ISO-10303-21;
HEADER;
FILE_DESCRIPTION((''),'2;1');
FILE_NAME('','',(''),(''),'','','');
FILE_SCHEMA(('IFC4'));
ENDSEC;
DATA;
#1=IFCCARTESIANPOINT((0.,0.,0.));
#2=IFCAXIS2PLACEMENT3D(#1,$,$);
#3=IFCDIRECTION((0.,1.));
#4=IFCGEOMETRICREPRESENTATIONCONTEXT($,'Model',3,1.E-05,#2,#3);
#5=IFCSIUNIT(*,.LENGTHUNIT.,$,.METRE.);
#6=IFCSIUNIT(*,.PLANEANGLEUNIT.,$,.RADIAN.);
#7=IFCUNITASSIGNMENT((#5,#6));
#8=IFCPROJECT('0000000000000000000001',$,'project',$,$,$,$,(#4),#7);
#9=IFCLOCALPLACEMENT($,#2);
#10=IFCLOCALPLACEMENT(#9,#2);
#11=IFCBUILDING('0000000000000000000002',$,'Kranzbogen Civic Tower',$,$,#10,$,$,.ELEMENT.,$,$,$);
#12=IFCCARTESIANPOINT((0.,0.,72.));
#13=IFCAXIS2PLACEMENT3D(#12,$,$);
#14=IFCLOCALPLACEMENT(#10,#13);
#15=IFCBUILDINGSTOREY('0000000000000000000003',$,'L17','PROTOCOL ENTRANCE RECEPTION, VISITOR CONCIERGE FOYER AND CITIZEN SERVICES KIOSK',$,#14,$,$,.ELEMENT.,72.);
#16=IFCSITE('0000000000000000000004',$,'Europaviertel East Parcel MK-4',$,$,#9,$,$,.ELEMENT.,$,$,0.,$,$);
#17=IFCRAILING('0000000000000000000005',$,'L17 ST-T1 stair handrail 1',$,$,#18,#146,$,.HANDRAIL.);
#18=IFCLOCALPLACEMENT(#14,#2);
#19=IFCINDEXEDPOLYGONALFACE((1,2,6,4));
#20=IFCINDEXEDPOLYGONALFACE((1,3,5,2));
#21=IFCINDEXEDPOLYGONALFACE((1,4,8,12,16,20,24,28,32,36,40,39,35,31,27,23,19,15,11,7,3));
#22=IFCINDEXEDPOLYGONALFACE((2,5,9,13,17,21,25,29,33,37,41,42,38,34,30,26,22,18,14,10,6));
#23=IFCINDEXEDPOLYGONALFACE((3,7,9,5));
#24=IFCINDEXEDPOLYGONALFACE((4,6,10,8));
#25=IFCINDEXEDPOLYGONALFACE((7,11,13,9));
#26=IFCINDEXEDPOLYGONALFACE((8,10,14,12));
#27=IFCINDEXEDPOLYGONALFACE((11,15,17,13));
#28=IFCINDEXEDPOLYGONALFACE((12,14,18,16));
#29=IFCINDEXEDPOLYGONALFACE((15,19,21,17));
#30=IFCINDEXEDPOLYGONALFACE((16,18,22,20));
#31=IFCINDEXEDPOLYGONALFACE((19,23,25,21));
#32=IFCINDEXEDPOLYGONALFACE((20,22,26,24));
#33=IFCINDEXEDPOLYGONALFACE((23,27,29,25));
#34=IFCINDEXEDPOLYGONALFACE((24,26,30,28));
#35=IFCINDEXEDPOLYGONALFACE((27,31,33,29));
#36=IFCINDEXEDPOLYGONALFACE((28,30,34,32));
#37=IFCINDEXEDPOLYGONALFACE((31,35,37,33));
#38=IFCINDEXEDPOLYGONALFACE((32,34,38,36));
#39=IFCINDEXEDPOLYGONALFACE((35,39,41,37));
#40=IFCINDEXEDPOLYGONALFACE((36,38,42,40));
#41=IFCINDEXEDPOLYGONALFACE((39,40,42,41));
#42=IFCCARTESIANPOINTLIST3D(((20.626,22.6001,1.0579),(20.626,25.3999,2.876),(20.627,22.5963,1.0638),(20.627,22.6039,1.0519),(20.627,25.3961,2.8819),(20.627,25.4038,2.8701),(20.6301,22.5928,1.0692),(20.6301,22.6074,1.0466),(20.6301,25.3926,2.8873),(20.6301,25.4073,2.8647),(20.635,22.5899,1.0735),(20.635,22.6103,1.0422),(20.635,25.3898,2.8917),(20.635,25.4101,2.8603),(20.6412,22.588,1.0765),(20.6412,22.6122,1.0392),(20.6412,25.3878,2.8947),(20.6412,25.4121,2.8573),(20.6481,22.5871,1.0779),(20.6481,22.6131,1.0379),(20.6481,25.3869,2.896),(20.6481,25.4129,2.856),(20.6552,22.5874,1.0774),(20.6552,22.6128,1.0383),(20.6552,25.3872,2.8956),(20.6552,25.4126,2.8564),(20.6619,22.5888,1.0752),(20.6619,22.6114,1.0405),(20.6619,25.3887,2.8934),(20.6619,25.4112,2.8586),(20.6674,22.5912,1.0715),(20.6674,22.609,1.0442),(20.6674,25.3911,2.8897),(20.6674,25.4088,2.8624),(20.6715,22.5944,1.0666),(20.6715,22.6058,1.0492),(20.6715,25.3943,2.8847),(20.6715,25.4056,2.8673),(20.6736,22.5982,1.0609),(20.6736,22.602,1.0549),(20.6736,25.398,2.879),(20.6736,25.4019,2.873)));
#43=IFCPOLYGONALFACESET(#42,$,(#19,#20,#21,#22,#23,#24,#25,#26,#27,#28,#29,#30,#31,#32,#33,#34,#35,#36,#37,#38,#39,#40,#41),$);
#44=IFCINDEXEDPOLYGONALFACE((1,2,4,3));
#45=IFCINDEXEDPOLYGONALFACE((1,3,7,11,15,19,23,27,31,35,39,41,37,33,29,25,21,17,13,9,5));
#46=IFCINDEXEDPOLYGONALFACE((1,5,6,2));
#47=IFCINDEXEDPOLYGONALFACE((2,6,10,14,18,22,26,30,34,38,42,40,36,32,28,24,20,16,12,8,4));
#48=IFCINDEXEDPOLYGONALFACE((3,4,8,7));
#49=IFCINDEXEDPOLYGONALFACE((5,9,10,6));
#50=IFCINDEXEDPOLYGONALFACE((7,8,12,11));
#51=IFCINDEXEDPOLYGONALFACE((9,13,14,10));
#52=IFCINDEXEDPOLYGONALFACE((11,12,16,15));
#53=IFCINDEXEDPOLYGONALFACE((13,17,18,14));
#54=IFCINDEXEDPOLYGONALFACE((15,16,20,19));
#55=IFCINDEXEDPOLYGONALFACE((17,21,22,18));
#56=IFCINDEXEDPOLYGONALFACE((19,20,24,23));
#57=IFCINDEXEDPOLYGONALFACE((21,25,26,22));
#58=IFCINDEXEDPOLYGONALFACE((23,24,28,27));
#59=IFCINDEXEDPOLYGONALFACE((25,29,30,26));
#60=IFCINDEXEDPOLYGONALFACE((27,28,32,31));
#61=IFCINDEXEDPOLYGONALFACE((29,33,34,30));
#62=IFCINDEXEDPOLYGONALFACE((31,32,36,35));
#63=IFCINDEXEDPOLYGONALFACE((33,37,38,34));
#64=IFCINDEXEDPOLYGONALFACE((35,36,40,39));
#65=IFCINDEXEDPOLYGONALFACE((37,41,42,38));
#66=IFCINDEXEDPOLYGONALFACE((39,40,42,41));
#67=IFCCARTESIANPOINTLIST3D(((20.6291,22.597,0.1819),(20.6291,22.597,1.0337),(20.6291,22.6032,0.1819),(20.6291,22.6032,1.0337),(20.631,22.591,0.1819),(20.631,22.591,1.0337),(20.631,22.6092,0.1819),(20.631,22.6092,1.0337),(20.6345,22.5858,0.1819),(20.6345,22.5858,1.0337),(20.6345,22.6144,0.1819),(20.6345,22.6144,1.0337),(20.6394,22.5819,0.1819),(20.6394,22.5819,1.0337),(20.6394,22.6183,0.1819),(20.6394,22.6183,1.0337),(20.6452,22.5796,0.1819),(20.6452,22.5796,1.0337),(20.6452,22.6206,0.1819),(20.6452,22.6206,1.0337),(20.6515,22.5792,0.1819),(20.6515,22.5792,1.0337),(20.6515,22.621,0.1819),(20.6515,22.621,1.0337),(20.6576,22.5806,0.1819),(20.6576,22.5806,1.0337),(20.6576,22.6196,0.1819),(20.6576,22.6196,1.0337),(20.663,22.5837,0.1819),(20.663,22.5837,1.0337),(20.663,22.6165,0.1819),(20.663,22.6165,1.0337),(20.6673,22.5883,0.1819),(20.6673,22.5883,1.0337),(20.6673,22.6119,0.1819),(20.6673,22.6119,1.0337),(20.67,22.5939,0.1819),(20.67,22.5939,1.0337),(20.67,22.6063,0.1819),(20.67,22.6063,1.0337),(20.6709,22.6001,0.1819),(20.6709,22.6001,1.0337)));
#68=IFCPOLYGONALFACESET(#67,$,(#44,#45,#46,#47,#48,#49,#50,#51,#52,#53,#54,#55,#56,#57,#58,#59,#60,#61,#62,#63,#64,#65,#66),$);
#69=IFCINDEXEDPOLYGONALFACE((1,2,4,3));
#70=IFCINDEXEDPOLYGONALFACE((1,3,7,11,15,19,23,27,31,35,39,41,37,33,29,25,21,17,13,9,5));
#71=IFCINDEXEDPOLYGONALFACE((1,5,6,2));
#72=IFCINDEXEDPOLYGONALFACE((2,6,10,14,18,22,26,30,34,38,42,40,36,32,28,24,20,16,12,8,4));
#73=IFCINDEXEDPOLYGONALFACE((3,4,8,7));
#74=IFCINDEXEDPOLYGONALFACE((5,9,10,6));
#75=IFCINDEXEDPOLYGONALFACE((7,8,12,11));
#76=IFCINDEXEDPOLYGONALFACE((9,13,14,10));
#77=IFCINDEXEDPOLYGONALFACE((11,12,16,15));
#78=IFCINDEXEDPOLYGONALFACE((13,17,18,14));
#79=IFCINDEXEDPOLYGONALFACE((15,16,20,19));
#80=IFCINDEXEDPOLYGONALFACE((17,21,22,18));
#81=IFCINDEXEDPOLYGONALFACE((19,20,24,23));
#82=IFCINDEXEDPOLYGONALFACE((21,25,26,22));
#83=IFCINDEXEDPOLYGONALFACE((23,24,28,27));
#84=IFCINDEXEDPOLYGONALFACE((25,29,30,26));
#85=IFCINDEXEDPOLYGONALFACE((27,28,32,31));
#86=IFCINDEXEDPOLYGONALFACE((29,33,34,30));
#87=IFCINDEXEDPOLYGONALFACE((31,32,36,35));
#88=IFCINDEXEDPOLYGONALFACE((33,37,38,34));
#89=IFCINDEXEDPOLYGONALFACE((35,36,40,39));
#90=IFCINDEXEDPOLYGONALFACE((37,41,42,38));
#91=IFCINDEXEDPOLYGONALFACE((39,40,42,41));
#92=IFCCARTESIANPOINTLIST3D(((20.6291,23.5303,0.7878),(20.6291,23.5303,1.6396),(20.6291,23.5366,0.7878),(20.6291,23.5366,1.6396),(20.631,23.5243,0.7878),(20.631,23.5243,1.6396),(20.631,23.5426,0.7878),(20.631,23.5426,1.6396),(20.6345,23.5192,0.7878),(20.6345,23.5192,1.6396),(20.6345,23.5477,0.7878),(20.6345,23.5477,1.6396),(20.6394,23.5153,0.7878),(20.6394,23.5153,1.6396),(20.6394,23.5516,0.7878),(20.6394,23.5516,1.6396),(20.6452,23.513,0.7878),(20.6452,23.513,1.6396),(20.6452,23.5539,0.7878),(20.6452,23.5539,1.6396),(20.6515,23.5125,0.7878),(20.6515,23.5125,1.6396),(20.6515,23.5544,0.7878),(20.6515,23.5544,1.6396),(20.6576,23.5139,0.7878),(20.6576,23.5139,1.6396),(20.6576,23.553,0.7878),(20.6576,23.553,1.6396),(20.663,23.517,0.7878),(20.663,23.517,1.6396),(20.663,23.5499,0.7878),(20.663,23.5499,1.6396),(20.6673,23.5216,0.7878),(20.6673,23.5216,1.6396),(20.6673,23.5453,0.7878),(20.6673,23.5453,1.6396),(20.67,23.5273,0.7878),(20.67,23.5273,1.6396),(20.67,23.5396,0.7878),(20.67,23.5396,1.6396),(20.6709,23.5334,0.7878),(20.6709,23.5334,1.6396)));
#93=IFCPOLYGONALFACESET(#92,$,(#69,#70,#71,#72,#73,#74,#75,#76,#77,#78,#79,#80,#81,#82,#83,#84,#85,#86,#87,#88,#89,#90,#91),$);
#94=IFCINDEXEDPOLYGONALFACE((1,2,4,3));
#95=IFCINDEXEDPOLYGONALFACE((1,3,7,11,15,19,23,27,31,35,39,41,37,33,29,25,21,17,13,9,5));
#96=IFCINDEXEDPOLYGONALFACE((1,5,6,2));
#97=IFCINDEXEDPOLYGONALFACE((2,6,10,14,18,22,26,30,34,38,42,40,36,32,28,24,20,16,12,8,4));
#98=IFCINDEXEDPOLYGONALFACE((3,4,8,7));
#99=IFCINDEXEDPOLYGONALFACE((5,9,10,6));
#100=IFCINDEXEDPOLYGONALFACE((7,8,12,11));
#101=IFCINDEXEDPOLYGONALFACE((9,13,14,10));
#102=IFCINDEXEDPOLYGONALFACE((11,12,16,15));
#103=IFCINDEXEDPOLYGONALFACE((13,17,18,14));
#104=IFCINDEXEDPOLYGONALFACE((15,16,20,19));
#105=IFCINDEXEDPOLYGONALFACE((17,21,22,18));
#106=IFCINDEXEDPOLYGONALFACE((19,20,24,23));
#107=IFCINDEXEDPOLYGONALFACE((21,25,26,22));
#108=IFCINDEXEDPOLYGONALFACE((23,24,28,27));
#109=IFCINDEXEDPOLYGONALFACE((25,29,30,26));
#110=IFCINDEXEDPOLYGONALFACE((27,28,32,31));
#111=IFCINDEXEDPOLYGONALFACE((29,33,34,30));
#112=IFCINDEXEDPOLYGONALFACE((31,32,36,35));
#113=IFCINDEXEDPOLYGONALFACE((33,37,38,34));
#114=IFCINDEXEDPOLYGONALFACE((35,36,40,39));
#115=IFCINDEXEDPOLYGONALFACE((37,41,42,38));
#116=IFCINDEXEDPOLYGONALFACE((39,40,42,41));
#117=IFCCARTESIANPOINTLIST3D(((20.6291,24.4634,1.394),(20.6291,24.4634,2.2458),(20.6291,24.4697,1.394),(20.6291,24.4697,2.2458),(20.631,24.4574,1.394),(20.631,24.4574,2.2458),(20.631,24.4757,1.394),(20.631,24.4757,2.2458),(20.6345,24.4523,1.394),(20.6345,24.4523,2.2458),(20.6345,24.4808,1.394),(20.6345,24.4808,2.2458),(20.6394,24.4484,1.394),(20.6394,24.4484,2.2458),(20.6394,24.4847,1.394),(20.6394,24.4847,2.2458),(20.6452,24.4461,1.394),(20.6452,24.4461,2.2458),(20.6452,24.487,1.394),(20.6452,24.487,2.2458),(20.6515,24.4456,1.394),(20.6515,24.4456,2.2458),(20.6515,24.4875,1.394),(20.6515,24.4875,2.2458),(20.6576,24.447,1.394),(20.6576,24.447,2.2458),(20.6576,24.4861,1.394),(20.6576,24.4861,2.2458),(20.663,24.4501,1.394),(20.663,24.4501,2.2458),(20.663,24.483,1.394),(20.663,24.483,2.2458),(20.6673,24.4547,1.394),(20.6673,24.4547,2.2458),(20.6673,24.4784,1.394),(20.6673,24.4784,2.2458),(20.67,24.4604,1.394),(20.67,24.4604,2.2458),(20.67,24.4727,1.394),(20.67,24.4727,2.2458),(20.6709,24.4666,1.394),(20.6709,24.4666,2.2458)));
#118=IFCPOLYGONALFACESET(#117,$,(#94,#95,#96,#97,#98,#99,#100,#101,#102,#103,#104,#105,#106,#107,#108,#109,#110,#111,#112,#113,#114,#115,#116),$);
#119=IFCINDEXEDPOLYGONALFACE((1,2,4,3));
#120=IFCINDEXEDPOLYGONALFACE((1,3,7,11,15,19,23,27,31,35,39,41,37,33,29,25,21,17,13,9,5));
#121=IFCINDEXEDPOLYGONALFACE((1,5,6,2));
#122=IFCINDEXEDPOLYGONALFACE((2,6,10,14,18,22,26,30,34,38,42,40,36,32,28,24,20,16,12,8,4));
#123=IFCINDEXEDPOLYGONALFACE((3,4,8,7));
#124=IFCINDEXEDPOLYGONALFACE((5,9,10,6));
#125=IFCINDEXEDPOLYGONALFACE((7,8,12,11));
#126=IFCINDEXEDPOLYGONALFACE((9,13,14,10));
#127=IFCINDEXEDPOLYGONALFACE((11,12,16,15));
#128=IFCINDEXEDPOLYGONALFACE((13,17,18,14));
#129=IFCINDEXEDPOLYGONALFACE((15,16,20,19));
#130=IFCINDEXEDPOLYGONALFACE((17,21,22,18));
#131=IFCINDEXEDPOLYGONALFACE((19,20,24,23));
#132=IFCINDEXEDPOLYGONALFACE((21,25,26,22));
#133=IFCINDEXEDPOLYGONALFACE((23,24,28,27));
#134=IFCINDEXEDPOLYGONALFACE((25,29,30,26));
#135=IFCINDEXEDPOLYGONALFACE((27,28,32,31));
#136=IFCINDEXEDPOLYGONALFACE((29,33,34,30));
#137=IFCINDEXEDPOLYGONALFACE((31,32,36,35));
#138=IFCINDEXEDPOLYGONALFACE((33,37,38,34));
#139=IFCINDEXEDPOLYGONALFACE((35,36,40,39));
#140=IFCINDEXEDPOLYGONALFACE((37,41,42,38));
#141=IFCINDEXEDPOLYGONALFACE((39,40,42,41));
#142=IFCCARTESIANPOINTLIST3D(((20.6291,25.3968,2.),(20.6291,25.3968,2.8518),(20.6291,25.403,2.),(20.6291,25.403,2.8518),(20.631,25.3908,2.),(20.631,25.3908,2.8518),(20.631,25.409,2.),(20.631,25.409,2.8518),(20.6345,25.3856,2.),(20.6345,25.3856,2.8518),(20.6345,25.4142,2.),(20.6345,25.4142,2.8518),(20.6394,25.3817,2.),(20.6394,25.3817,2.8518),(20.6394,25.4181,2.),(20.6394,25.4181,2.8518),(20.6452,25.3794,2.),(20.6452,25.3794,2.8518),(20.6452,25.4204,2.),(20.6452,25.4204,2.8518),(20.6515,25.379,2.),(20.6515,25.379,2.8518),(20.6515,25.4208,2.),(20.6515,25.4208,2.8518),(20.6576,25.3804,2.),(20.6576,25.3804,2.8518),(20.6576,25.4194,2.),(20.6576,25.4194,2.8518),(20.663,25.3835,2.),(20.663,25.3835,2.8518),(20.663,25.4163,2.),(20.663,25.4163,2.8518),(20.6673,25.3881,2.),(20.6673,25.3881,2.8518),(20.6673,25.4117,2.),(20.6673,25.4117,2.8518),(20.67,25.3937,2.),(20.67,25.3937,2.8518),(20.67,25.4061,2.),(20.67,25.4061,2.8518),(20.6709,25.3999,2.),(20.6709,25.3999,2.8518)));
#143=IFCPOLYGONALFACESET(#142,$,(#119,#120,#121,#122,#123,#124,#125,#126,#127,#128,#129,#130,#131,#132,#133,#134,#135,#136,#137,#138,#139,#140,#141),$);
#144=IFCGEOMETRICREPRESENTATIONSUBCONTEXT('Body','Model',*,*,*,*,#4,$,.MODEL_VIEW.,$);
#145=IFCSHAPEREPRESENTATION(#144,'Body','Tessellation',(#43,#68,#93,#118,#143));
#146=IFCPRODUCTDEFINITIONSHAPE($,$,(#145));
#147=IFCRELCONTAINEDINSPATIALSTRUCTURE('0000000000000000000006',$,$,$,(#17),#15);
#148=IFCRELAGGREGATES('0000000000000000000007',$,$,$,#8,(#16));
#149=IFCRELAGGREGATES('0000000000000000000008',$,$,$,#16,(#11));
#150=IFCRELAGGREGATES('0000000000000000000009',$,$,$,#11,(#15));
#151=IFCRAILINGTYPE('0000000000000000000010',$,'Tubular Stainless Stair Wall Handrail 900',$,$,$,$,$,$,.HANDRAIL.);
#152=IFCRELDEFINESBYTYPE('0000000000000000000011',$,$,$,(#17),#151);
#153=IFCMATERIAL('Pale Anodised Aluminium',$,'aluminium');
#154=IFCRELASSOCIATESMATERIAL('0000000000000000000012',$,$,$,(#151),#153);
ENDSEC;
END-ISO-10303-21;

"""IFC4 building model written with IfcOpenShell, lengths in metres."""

from ifc_helpers import new_model, si_unit, direction, frame, origin, origin_2d, place, context, subcontext, project, spatial, circle, extrude, material, type_object, element, save


model = new_model("IFC4")

# Units and contexts
model_context = context("Model", 3, precision=1e-05, world=origin(), true_north=direction((0.0, 1.0)))
body_context = subcontext(model_context, "Body", "Model", "MODEL_VIEW")
ifc_project = project(units=[si_unit("LENGTHUNIT", "METRE"), si_unit("PLANEANGLEUNIT", "RADIAN")], contexts=[model_context])

# Site, building, storey
site_placement = place(None, origin())
site = spatial("IfcSite", under=ifc_project, at=site_placement, Name="Europaviertel East Parcel MK-4", CompositionType="ELEMENT", RefElevation=0.0)
building_placement = place(site_placement, origin())
building = spatial("IfcBuilding", under=site, at=building_placement, Name="Kranzbogen Civic Tower", CompositionType="ELEMENT")
storey_placement = place(building_placement, frame((0.0, 0.0, 72.0)))
storey = spatial("IfcBuildingStorey", under=building, at=storey_placement, Name="L17", Description="PROTOCOL ENTRANCE RECEPTION, VISITOR CONCIERGE FOYER AND CITIZEN SERVICES KIOSK", CompositionType="ELEMENT", Elevation=72.0)

# Shared definitions
ifc_material_1 = material(Name="Pale Anodised Aluminium", Category="aluminium")

# Railing
railing_type_1 = type_object("IfcRailingType", Name="Tubular Stainless Stair Wall Handrail 900", PredefinedType="HANDRAIL", material=ifc_material_1)
railing_1_placement = place(storey_placement, frame((20.6499, 22.6001, 0.1819)))
element("IfcRailing", 1, at=railing_1_placement, inside=storey, type_object=railing_type_1, Name="L17 ST-T1 stair handrail 1", PredefinedType="HANDRAIL", context=body_context, shape_type="SweptSolid", body=[
    extrude(circle(Radius=0.0239, at=origin_2d()), frame((0.0, 0.0, 0.876), z_axis=(0.0, 0.838684, 0.544618), x_axis=(-1.0, 0.0, 0.0)), (0.0, 0.0, 1.0), 3.3384),
    extrude(circle(Radius=0.021, at=origin_2d()), origin(), (0.0, 0.0, 1.0), 0.8518),
    extrude(circle(Radius=0.021, at=origin_2d()), frame((0.0, 0.9333, 0.606)), (0.0, 0.0, 1.0), 0.8518),
    extrude(circle(Radius=0.021, at=origin_2d()), frame((0.0, 1.8665, 1.2122)), (0.0, 0.0, 1.0), 0.8518),
    extrude(circle(Radius=0.021, at=origin_2d()), frame((0.0, 2.7998, 1.8181)), (0.0, 0.0, 1.0), 0.8518),
])

save(model, "model.ifc")
